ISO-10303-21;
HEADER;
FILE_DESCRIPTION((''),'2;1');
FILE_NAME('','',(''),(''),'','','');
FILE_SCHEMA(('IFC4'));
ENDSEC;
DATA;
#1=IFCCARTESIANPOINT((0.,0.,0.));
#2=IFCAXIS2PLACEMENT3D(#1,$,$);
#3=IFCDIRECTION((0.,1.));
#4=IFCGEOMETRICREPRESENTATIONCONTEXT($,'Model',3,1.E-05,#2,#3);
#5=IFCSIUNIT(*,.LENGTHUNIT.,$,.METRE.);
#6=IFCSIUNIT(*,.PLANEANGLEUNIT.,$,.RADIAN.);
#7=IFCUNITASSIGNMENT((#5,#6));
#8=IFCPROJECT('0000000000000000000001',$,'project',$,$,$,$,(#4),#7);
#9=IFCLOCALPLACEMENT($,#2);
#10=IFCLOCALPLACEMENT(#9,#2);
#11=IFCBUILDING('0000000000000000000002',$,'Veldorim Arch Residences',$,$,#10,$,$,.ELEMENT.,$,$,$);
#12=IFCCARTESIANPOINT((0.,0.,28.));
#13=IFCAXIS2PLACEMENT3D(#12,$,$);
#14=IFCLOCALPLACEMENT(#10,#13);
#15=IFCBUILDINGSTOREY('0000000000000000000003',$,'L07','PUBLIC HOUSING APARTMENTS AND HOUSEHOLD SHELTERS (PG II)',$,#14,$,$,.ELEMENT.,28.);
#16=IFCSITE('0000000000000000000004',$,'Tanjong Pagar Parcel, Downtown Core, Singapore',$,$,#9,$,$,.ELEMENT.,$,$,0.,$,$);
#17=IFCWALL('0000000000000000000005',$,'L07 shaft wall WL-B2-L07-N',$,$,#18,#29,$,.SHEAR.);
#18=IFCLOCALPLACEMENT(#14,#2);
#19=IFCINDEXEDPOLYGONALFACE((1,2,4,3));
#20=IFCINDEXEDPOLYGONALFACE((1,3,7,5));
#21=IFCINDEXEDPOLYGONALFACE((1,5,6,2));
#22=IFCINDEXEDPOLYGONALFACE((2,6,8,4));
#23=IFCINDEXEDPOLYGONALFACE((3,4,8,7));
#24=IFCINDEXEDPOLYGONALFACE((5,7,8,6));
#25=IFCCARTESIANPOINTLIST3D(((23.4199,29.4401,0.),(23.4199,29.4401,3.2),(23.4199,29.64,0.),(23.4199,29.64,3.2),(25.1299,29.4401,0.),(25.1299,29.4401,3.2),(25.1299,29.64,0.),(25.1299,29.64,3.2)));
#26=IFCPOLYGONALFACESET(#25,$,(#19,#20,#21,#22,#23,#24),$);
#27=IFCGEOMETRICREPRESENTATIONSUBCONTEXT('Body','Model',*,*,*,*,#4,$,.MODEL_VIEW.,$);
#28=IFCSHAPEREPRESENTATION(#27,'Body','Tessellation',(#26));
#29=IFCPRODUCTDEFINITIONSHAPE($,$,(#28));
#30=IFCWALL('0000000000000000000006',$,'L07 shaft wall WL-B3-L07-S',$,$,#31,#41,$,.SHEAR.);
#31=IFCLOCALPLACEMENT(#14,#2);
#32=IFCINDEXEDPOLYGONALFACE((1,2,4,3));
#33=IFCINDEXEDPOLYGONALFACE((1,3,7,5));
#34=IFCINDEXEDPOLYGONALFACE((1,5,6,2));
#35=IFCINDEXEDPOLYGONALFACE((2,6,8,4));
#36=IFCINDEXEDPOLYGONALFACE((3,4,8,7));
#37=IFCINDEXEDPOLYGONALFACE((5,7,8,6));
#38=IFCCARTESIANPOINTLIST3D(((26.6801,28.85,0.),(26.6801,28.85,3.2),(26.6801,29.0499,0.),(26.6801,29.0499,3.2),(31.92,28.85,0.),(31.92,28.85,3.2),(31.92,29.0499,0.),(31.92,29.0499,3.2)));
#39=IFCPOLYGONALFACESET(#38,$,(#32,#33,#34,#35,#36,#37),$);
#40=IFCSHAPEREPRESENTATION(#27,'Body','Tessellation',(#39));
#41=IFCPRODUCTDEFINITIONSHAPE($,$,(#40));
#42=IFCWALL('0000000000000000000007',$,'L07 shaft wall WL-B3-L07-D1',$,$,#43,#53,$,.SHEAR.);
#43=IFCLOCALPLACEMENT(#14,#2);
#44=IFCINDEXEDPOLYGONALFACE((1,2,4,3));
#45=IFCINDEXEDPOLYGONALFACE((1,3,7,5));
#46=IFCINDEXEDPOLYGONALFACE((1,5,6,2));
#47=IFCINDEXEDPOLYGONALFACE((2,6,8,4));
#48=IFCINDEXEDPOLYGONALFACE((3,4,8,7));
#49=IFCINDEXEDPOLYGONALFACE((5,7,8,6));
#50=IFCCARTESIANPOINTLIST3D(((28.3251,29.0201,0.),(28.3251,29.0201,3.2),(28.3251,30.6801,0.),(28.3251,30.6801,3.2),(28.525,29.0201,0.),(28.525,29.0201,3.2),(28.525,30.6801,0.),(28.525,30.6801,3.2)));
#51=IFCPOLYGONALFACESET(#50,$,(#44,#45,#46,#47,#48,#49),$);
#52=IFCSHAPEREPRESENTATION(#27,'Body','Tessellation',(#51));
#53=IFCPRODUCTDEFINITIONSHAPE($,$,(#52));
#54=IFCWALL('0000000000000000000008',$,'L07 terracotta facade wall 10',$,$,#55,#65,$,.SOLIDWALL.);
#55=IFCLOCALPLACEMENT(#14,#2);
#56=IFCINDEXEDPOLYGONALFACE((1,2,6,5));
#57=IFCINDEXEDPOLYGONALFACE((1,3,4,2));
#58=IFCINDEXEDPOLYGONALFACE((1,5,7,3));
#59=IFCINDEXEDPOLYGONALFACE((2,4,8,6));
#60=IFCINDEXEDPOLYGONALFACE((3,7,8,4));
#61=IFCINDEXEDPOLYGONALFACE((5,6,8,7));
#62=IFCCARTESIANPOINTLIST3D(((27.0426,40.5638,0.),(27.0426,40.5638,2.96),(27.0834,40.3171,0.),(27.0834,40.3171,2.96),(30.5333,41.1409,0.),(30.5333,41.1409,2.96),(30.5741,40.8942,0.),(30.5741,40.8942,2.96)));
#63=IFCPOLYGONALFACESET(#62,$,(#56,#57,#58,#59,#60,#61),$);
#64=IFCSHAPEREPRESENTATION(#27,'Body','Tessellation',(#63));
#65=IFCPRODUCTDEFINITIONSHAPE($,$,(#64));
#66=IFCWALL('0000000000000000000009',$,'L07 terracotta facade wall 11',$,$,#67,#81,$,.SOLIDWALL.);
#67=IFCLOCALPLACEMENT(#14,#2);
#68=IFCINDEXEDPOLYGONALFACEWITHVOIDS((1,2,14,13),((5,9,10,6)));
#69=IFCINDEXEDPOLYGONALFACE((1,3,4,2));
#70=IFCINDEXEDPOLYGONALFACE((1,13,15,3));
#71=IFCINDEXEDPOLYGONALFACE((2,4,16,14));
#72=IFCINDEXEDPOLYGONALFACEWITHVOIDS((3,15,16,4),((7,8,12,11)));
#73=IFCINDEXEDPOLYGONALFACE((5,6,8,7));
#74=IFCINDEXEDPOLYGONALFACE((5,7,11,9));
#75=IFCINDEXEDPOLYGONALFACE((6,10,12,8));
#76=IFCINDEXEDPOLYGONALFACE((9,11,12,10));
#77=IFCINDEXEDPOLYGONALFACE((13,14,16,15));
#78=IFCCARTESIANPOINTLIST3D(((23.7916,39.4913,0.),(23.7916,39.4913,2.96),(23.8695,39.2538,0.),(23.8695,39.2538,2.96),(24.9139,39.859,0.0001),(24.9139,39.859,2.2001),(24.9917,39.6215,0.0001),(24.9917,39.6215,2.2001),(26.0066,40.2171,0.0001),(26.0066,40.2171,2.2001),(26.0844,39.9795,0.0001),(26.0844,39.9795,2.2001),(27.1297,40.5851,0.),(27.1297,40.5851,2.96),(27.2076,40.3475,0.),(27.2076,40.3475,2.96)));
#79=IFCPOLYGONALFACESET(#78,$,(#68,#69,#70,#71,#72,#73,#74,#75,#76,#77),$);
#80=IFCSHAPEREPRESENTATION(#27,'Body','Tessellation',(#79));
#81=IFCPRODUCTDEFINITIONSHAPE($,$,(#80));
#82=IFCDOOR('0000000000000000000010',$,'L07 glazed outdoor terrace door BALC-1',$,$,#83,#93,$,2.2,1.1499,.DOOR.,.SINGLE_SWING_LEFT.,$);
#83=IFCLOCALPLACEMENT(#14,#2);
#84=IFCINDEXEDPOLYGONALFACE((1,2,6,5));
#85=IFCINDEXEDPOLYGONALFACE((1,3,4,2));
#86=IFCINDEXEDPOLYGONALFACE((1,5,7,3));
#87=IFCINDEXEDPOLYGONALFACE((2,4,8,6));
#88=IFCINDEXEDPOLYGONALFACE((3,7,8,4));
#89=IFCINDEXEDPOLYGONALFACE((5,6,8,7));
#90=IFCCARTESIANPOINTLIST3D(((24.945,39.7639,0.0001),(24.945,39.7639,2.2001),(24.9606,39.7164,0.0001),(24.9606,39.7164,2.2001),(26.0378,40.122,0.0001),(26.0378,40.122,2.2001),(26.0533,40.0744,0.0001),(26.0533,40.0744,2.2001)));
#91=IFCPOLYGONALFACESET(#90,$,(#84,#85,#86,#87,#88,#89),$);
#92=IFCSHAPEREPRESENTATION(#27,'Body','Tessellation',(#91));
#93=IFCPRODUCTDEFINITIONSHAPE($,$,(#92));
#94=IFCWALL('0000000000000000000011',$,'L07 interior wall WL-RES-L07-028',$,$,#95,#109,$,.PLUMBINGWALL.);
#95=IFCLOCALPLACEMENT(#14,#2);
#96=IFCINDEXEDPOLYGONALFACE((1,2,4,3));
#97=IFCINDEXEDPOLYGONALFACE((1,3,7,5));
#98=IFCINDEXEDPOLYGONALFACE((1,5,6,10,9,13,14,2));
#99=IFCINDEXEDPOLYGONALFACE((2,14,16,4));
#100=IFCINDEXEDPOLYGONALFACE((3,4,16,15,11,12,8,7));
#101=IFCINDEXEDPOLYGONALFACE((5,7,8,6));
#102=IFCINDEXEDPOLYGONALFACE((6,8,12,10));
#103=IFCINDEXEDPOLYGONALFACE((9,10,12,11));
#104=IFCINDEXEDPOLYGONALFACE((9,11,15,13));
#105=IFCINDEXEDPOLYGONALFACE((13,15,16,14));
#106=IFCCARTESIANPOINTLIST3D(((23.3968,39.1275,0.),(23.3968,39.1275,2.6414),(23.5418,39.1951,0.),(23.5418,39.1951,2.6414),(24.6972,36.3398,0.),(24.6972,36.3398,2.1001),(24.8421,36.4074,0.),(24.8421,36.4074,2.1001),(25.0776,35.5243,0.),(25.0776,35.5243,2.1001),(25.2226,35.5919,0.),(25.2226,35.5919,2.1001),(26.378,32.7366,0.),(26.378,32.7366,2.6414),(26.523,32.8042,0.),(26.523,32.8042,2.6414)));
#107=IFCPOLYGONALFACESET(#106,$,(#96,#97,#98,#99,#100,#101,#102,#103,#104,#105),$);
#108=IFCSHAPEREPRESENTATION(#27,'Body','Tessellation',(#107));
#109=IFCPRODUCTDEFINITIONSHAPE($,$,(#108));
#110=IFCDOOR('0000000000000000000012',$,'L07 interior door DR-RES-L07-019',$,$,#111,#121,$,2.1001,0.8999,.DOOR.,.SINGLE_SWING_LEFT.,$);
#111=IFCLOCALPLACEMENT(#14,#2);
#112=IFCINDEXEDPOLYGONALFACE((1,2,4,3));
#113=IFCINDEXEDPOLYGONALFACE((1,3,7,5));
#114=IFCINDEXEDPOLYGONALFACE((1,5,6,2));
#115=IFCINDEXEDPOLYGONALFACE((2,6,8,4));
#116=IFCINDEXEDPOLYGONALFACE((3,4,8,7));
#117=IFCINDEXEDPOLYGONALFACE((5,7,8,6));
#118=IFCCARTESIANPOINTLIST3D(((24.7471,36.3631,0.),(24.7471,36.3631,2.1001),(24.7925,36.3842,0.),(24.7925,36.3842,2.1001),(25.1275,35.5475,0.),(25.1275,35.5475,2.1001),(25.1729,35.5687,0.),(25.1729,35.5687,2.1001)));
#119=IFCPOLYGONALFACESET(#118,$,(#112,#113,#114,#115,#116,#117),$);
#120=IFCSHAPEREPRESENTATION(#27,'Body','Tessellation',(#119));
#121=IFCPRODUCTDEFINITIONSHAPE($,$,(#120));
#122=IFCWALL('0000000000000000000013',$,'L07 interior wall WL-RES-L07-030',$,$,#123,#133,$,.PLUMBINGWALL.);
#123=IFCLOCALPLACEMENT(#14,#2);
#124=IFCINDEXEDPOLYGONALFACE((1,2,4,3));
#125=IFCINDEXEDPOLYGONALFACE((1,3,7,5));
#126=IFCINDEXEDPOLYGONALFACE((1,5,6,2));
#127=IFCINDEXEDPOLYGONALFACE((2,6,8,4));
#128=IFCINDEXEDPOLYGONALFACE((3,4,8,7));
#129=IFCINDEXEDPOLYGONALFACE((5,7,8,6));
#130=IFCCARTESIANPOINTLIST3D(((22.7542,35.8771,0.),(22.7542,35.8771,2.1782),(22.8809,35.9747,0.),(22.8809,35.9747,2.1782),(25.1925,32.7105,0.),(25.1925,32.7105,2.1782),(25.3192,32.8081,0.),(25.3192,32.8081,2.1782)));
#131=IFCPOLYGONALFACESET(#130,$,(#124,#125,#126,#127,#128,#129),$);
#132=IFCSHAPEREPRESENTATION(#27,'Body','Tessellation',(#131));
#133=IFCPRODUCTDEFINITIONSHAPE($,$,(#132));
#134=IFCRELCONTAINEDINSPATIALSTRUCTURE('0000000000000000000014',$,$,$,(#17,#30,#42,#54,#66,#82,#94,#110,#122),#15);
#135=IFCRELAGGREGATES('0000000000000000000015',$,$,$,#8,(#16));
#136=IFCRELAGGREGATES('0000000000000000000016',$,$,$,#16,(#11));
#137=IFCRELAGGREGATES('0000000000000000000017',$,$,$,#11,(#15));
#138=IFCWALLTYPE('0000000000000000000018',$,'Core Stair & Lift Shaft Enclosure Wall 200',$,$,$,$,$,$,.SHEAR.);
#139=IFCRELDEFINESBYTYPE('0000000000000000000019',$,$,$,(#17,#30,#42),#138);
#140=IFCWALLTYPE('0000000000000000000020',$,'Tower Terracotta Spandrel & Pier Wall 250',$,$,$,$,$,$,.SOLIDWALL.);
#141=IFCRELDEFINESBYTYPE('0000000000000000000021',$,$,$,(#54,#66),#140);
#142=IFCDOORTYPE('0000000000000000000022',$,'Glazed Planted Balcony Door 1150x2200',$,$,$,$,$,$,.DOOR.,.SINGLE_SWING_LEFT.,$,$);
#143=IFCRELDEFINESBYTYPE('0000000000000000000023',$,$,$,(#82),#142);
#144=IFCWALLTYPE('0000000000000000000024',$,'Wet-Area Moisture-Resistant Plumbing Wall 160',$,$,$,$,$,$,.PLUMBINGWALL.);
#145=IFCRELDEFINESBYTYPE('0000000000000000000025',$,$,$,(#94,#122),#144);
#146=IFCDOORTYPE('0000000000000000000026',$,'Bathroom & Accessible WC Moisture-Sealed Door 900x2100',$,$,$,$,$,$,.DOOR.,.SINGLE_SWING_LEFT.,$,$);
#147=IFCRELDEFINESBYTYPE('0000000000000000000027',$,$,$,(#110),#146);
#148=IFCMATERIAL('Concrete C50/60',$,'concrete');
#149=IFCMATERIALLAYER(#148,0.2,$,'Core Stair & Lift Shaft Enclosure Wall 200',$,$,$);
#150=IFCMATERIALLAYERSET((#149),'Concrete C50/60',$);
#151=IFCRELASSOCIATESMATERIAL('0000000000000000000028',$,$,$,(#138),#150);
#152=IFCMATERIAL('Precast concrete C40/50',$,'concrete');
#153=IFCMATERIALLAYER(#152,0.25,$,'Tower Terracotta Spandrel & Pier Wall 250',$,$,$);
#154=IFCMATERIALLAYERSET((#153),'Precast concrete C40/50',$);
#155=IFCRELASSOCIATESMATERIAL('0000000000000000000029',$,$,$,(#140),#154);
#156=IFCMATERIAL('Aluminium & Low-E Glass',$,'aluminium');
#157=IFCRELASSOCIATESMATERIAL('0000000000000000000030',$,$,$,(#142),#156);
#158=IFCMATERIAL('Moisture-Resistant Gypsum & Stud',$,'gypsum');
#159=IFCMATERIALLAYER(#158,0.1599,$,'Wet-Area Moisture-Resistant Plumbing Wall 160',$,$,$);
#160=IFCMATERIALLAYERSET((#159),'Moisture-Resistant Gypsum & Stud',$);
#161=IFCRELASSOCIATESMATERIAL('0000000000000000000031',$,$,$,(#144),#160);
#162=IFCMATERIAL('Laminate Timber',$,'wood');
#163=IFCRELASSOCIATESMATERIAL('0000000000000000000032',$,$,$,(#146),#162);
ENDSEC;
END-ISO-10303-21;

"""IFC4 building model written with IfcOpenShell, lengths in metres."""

from ifc_helpers import new_model, si_unit, direction, frame, frame_2d, origin, place, context, subcontext, project, spatial, rectangle, extrude, material, layer, layer_set, type_object, element, fill, save


model = new_model("IFC4")

# Units and contexts
model_context = context("Model", 3, precision=1e-05, world=origin(), true_north=direction((0.0, 1.0)))
body_context = subcontext(model_context, "Body", "Model", "MODEL_VIEW")
ifc_project = project(units=[si_unit("LENGTHUNIT", "METRE"), si_unit("PLANEANGLEUNIT", "RADIAN")], contexts=[model_context])

# Site, building, storey
site_placement = place(None, origin())
site = spatial("IfcSite", under=ifc_project, at=site_placement, Name="Tanjong Pagar Parcel, Downtown Core, Singapore", CompositionType="ELEMENT", RefElevation=0.0)
building_placement = place(site_placement, origin())
building = spatial("IfcBuilding", under=site, at=building_placement, Name="Veldorim Arch Residences", CompositionType="ELEMENT")
storey_placement = place(building_placement, frame((0.0, 0.0, 28.0)))
storey = spatial("IfcBuildingStorey", under=building, at=storey_placement, Name="L07", Description="PUBLIC HOUSING APARTMENTS AND HOUSEHOLD SHELTERS (PG II)", CompositionType="ELEMENT", Elevation=28.0)

# Walls
ifc_material_1 = material(Name="Concrete C50/60", Category="concrete")
ifc_layer_1 = layer(ifc_material_1, 0.2, Name="Core Stair & Lift Shaft Enclosure Wall 200")
ifc_layer_set_1 = layer_set([ifc_layer_1], Name="Concrete C50/60")
wall_type_1 = type_object("IfcWallType", Name="Core Stair & Lift Shaft Enclosure Wall 200", PredefinedType="SHEAR", material=ifc_layer_set_1)
wall_1_placement = place(storey_placement, frame((23.4199, 29.54, 0.0), z_axis=(0.0, 0.0, 1.0), x_axis=(1.0, 0.0, 0.0)))
element("IfcWall", 1, at=wall_1_placement, inside=storey, type_object=wall_type_1, Name="L07 shaft wall WL-B2-L07-N", PredefinedType="SHEAR", context=body_context, shape_type="SweptSolid", body=[
    extrude(rectangle(XDim=1.71, YDim=0.2, at=frame_2d((0.855, 0.0))), origin(), (0.0, 0.0, 1.0), 3.2),
])
wall_2_placement = place(storey_placement, frame((26.6799, 28.95, 0.0), z_axis=(0.0, 0.0, 1.0), x_axis=(1.0, 0.0, 0.0)))
element("IfcWall", 2, at=wall_2_placement, inside=storey, type_object=wall_type_1, Name="L07 shaft wall WL-B3-L07-S", PredefinedType="SHEAR", context=body_context, shape_type="SweptSolid", body=[
    extrude(rectangle(XDim=5.24, YDim=0.2, at=frame_2d((2.6201, 0.0))), origin(), (0.0, 0.0, 1.0), 3.2),
])
wall_3_placement = place(storey_placement, frame((28.425, 29.02, 0.0), z_axis=(0.0, 0.0, 1.0), x_axis=(0.0, 1.0, 0.0)))
element("IfcWall", 3, at=wall_3_placement, inside=storey, type_object=wall_type_1, Name="L07 shaft wall WL-B3-L07-D1", PredefinedType="SHEAR", context=body_context, shape_type="SweptSolid", body=[
    extrude(rectangle(XDim=1.6599, YDim=0.2, at=frame_2d((0.8301, 0.0))), origin(), (0.0, 0.0, 1.0), 3.2),
])

# Wall
ifc_material_2 = material(Name="Precast concrete C40/50", Category="concrete")
ifc_layer_2 = layer(ifc_material_2, 0.25, Name="Tower Terracotta Spandrel & Pier Wall 250")
ifc_layer_set_2 = layer_set([ifc_layer_2], Name="Precast concrete C40/50")
wall_type_2 = type_object("IfcWallType", Name="Tower Terracotta Spandrel & Pier Wall 250", PredefinedType="SOLIDWALL", material=ifc_layer_set_2)
wall_4_placement = place(storey_placement, frame((27.063, 40.4404, 0.0), z_axis=(0.0, 0.0, 1.0), x_axis=(0.986606, 0.163123, 0.0)))
element("IfcWall", 4, at=wall_4_placement, inside=storey, type_object=wall_type_2, Name="L07 terracotta facade wall 10", PredefinedType="SOLIDWALL", context=body_context, shape_type="SweptSolid", body=[
    extrude(rectangle(XDim=3.5381, YDim=0.25, at=frame_2d((1.769, 0.0))), origin(), (0.0, 0.0, 1.0), 2.96),
])

# Walls, openings, doors
wall_5_placement = place(storey_placement, frame((23.8306, 39.3726, 0.0), z_axis=(0.0, 0.0, 1.0), x_axis=(0.95029, 0.311365, 0.0)))
wall_5 = element("IfcWall", 5, at=wall_5_placement, inside=storey, type_object=wall_type_2, Name="L07 terracotta facade wall 11", PredefinedType="SOLIDWALL", context=body_context, shape_type="SweptSolid", body=[
    extrude(rectangle(XDim=3.5127, YDim=0.25, at=frame_2d((1.7563, 0.0))), origin(), (0.0, 0.0, 1.0), 2.96),
])
opening_1_placement = place(wall_5_placement, frame((1.1809, 0.0, 0.0)))
opening_1 = element("IfcOpeningElement", 6, at=opening_1_placement, cuts=wall_5, PredefinedType="OPENING", context=body_context, shape_type="SweptSolid", body=[
    extrude(rectangle(XDim=1.1499, YDim=2.2, at=frame_2d((0.575, 1.1001))), frame((0.0, 0.135, 0.0), z_axis=(0.0, -1.0, 0.0), x_axis=(1.0, 0.0, 0.0)), (0.0, 0.0, 1.0), 0.27),
])
ifc_material_3 = material(Name="Aluminium & Low-E Glass", Category="aluminium")
door_type_1 = type_object("IfcDoorType", Name="Glazed Planted Balcony Door 1150x2200", OperationType="SINGLE_SWING_LEFT", PredefinedType="DOOR", material=ifc_material_3)
door_1_placement = place(opening_1_placement, origin())
door_1 = element("IfcDoor", 7, at=door_1_placement, inside=storey, type_object=door_type_1, Name="L07 glazed outdoor terrace door BALC-1", OperationType="SINGLE_SWING_LEFT", OverallHeight=2.2, OverallWidth=1.1499, PredefinedType="DOOR", context=body_context, shape_type="SweptSolid", body=[
    extrude(rectangle(XDim=1.1499, YDim=2.2, at=frame_2d((0.575, 1.1001))), frame((0.0, 0.0249, 0.0), z_axis=(0.0, -1.0, 0.0), x_axis=(1.0, 0.0, 0.0)), (0.0, 0.0, 1.0), 0.05),
])
fill(opening_1, door_1)
ifc_material_4 = material(Name="Moisture-Resistant Gypsum & Stud", Category="gypsum")
ifc_layer_3 = layer(ifc_material_4, 0.1599, Name="Wet-Area Moisture-Resistant Plumbing Wall 160")
ifc_layer_set_3 = layer_set([ifc_layer_3], Name="Moisture-Resistant Gypsum & Stud")
wall_type_3 = type_object("IfcWallType", Name="Wet-Area Moisture-Resistant Plumbing Wall 160", PredefinedType="PLUMBINGWALL", material=ifc_layer_set_3)
wall_6_placement = place(storey_placement, frame((26.4504, 32.7705, 0.0), z_axis=(0.0, 0.0, 1.0), x_axis=(-0.422745, 0.906249, 0.0)))
wall_6 = element("IfcWall", 8, at=wall_6_placement, inside=storey, type_object=wall_type_3, Name="L07 interior wall WL-RES-L07-028", PredefinedType="PLUMBINGWALL", context=body_context, shape_type="SweptSolid", body=[
    extrude(rectangle(XDim=7.052, YDim=0.1599, at=frame_2d((3.5259, 0.0))), origin(), (0.0, 0.0, 1.0), 2.6414),
])
opening_2_placement = place(wall_6_placement, frame((3.0759, 0.0, 0.0)))
opening_2 = element("IfcOpeningElement", 9, at=opening_2_placement, cuts=wall_6, PredefinedType="OPENING", context=body_context, shape_type="SweptSolid", body=[
    extrude(rectangle(XDim=0.8999, YDim=2.1001, at=frame_2d((0.45, 1.05))), frame((0.0, 0.0898, 0.0), z_axis=(0.0, -1.0, 0.0), x_axis=(1.0, 0.0, 0.0)), (0.0, 0.0, 1.0), 0.1799),
])
ifc_material_5 = material(Name="Laminate Timber", Category="wood")
door_type_2 = type_object("IfcDoorType", Name="Bathroom & Accessible WC Moisture-Sealed Door 900x2100", OperationType="SINGLE_SWING_LEFT", PredefinedType="DOOR", material=ifc_material_5)
door_2_placement = place(opening_2_placement, origin())
door_2 = element("IfcDoor", 10, at=door_2_placement, inside=storey, type_object=door_type_2, Name="L07 interior door DR-RES-L07-019", OperationType="SINGLE_SWING_LEFT", OverallHeight=2.1001, OverallWidth=0.8999, PredefinedType="DOOR", context=body_context, shape_type="SweptSolid", body=[
    extrude(rectangle(XDim=0.8999, YDim=2.1001, at=frame_2d((0.45, 1.05))), frame((0.0, 0.0249, 0.0), z_axis=(0.0, -1.0, 0.0), x_axis=(1.0, 0.0, 0.0)), (0.0, 0.0, 1.0), 0.05),
])
fill(opening_2, door_2)

# Wall
wall_7_placement = place(storey_placement, frame((25.2559, 32.7593, 0.0), z_axis=(0.0, 0.0, 1.0), x_axis=(-0.610097, 0.792326, 0.0)))
element("IfcWall", 11, at=wall_7_placement, inside=storey, type_object=wall_type_3, Name="L07 interior wall WL-RES-L07-030", PredefinedType="PLUMBINGWALL", context=body_context, shape_type="SweptSolid", body=[
    extrude(rectangle(XDim=3.9966, YDim=0.1599, at=frame_2d((1.9983, 0.0))), origin(), (0.0, 0.0, 1.0), 2.1782),
])

save(model, "model.ifc")
